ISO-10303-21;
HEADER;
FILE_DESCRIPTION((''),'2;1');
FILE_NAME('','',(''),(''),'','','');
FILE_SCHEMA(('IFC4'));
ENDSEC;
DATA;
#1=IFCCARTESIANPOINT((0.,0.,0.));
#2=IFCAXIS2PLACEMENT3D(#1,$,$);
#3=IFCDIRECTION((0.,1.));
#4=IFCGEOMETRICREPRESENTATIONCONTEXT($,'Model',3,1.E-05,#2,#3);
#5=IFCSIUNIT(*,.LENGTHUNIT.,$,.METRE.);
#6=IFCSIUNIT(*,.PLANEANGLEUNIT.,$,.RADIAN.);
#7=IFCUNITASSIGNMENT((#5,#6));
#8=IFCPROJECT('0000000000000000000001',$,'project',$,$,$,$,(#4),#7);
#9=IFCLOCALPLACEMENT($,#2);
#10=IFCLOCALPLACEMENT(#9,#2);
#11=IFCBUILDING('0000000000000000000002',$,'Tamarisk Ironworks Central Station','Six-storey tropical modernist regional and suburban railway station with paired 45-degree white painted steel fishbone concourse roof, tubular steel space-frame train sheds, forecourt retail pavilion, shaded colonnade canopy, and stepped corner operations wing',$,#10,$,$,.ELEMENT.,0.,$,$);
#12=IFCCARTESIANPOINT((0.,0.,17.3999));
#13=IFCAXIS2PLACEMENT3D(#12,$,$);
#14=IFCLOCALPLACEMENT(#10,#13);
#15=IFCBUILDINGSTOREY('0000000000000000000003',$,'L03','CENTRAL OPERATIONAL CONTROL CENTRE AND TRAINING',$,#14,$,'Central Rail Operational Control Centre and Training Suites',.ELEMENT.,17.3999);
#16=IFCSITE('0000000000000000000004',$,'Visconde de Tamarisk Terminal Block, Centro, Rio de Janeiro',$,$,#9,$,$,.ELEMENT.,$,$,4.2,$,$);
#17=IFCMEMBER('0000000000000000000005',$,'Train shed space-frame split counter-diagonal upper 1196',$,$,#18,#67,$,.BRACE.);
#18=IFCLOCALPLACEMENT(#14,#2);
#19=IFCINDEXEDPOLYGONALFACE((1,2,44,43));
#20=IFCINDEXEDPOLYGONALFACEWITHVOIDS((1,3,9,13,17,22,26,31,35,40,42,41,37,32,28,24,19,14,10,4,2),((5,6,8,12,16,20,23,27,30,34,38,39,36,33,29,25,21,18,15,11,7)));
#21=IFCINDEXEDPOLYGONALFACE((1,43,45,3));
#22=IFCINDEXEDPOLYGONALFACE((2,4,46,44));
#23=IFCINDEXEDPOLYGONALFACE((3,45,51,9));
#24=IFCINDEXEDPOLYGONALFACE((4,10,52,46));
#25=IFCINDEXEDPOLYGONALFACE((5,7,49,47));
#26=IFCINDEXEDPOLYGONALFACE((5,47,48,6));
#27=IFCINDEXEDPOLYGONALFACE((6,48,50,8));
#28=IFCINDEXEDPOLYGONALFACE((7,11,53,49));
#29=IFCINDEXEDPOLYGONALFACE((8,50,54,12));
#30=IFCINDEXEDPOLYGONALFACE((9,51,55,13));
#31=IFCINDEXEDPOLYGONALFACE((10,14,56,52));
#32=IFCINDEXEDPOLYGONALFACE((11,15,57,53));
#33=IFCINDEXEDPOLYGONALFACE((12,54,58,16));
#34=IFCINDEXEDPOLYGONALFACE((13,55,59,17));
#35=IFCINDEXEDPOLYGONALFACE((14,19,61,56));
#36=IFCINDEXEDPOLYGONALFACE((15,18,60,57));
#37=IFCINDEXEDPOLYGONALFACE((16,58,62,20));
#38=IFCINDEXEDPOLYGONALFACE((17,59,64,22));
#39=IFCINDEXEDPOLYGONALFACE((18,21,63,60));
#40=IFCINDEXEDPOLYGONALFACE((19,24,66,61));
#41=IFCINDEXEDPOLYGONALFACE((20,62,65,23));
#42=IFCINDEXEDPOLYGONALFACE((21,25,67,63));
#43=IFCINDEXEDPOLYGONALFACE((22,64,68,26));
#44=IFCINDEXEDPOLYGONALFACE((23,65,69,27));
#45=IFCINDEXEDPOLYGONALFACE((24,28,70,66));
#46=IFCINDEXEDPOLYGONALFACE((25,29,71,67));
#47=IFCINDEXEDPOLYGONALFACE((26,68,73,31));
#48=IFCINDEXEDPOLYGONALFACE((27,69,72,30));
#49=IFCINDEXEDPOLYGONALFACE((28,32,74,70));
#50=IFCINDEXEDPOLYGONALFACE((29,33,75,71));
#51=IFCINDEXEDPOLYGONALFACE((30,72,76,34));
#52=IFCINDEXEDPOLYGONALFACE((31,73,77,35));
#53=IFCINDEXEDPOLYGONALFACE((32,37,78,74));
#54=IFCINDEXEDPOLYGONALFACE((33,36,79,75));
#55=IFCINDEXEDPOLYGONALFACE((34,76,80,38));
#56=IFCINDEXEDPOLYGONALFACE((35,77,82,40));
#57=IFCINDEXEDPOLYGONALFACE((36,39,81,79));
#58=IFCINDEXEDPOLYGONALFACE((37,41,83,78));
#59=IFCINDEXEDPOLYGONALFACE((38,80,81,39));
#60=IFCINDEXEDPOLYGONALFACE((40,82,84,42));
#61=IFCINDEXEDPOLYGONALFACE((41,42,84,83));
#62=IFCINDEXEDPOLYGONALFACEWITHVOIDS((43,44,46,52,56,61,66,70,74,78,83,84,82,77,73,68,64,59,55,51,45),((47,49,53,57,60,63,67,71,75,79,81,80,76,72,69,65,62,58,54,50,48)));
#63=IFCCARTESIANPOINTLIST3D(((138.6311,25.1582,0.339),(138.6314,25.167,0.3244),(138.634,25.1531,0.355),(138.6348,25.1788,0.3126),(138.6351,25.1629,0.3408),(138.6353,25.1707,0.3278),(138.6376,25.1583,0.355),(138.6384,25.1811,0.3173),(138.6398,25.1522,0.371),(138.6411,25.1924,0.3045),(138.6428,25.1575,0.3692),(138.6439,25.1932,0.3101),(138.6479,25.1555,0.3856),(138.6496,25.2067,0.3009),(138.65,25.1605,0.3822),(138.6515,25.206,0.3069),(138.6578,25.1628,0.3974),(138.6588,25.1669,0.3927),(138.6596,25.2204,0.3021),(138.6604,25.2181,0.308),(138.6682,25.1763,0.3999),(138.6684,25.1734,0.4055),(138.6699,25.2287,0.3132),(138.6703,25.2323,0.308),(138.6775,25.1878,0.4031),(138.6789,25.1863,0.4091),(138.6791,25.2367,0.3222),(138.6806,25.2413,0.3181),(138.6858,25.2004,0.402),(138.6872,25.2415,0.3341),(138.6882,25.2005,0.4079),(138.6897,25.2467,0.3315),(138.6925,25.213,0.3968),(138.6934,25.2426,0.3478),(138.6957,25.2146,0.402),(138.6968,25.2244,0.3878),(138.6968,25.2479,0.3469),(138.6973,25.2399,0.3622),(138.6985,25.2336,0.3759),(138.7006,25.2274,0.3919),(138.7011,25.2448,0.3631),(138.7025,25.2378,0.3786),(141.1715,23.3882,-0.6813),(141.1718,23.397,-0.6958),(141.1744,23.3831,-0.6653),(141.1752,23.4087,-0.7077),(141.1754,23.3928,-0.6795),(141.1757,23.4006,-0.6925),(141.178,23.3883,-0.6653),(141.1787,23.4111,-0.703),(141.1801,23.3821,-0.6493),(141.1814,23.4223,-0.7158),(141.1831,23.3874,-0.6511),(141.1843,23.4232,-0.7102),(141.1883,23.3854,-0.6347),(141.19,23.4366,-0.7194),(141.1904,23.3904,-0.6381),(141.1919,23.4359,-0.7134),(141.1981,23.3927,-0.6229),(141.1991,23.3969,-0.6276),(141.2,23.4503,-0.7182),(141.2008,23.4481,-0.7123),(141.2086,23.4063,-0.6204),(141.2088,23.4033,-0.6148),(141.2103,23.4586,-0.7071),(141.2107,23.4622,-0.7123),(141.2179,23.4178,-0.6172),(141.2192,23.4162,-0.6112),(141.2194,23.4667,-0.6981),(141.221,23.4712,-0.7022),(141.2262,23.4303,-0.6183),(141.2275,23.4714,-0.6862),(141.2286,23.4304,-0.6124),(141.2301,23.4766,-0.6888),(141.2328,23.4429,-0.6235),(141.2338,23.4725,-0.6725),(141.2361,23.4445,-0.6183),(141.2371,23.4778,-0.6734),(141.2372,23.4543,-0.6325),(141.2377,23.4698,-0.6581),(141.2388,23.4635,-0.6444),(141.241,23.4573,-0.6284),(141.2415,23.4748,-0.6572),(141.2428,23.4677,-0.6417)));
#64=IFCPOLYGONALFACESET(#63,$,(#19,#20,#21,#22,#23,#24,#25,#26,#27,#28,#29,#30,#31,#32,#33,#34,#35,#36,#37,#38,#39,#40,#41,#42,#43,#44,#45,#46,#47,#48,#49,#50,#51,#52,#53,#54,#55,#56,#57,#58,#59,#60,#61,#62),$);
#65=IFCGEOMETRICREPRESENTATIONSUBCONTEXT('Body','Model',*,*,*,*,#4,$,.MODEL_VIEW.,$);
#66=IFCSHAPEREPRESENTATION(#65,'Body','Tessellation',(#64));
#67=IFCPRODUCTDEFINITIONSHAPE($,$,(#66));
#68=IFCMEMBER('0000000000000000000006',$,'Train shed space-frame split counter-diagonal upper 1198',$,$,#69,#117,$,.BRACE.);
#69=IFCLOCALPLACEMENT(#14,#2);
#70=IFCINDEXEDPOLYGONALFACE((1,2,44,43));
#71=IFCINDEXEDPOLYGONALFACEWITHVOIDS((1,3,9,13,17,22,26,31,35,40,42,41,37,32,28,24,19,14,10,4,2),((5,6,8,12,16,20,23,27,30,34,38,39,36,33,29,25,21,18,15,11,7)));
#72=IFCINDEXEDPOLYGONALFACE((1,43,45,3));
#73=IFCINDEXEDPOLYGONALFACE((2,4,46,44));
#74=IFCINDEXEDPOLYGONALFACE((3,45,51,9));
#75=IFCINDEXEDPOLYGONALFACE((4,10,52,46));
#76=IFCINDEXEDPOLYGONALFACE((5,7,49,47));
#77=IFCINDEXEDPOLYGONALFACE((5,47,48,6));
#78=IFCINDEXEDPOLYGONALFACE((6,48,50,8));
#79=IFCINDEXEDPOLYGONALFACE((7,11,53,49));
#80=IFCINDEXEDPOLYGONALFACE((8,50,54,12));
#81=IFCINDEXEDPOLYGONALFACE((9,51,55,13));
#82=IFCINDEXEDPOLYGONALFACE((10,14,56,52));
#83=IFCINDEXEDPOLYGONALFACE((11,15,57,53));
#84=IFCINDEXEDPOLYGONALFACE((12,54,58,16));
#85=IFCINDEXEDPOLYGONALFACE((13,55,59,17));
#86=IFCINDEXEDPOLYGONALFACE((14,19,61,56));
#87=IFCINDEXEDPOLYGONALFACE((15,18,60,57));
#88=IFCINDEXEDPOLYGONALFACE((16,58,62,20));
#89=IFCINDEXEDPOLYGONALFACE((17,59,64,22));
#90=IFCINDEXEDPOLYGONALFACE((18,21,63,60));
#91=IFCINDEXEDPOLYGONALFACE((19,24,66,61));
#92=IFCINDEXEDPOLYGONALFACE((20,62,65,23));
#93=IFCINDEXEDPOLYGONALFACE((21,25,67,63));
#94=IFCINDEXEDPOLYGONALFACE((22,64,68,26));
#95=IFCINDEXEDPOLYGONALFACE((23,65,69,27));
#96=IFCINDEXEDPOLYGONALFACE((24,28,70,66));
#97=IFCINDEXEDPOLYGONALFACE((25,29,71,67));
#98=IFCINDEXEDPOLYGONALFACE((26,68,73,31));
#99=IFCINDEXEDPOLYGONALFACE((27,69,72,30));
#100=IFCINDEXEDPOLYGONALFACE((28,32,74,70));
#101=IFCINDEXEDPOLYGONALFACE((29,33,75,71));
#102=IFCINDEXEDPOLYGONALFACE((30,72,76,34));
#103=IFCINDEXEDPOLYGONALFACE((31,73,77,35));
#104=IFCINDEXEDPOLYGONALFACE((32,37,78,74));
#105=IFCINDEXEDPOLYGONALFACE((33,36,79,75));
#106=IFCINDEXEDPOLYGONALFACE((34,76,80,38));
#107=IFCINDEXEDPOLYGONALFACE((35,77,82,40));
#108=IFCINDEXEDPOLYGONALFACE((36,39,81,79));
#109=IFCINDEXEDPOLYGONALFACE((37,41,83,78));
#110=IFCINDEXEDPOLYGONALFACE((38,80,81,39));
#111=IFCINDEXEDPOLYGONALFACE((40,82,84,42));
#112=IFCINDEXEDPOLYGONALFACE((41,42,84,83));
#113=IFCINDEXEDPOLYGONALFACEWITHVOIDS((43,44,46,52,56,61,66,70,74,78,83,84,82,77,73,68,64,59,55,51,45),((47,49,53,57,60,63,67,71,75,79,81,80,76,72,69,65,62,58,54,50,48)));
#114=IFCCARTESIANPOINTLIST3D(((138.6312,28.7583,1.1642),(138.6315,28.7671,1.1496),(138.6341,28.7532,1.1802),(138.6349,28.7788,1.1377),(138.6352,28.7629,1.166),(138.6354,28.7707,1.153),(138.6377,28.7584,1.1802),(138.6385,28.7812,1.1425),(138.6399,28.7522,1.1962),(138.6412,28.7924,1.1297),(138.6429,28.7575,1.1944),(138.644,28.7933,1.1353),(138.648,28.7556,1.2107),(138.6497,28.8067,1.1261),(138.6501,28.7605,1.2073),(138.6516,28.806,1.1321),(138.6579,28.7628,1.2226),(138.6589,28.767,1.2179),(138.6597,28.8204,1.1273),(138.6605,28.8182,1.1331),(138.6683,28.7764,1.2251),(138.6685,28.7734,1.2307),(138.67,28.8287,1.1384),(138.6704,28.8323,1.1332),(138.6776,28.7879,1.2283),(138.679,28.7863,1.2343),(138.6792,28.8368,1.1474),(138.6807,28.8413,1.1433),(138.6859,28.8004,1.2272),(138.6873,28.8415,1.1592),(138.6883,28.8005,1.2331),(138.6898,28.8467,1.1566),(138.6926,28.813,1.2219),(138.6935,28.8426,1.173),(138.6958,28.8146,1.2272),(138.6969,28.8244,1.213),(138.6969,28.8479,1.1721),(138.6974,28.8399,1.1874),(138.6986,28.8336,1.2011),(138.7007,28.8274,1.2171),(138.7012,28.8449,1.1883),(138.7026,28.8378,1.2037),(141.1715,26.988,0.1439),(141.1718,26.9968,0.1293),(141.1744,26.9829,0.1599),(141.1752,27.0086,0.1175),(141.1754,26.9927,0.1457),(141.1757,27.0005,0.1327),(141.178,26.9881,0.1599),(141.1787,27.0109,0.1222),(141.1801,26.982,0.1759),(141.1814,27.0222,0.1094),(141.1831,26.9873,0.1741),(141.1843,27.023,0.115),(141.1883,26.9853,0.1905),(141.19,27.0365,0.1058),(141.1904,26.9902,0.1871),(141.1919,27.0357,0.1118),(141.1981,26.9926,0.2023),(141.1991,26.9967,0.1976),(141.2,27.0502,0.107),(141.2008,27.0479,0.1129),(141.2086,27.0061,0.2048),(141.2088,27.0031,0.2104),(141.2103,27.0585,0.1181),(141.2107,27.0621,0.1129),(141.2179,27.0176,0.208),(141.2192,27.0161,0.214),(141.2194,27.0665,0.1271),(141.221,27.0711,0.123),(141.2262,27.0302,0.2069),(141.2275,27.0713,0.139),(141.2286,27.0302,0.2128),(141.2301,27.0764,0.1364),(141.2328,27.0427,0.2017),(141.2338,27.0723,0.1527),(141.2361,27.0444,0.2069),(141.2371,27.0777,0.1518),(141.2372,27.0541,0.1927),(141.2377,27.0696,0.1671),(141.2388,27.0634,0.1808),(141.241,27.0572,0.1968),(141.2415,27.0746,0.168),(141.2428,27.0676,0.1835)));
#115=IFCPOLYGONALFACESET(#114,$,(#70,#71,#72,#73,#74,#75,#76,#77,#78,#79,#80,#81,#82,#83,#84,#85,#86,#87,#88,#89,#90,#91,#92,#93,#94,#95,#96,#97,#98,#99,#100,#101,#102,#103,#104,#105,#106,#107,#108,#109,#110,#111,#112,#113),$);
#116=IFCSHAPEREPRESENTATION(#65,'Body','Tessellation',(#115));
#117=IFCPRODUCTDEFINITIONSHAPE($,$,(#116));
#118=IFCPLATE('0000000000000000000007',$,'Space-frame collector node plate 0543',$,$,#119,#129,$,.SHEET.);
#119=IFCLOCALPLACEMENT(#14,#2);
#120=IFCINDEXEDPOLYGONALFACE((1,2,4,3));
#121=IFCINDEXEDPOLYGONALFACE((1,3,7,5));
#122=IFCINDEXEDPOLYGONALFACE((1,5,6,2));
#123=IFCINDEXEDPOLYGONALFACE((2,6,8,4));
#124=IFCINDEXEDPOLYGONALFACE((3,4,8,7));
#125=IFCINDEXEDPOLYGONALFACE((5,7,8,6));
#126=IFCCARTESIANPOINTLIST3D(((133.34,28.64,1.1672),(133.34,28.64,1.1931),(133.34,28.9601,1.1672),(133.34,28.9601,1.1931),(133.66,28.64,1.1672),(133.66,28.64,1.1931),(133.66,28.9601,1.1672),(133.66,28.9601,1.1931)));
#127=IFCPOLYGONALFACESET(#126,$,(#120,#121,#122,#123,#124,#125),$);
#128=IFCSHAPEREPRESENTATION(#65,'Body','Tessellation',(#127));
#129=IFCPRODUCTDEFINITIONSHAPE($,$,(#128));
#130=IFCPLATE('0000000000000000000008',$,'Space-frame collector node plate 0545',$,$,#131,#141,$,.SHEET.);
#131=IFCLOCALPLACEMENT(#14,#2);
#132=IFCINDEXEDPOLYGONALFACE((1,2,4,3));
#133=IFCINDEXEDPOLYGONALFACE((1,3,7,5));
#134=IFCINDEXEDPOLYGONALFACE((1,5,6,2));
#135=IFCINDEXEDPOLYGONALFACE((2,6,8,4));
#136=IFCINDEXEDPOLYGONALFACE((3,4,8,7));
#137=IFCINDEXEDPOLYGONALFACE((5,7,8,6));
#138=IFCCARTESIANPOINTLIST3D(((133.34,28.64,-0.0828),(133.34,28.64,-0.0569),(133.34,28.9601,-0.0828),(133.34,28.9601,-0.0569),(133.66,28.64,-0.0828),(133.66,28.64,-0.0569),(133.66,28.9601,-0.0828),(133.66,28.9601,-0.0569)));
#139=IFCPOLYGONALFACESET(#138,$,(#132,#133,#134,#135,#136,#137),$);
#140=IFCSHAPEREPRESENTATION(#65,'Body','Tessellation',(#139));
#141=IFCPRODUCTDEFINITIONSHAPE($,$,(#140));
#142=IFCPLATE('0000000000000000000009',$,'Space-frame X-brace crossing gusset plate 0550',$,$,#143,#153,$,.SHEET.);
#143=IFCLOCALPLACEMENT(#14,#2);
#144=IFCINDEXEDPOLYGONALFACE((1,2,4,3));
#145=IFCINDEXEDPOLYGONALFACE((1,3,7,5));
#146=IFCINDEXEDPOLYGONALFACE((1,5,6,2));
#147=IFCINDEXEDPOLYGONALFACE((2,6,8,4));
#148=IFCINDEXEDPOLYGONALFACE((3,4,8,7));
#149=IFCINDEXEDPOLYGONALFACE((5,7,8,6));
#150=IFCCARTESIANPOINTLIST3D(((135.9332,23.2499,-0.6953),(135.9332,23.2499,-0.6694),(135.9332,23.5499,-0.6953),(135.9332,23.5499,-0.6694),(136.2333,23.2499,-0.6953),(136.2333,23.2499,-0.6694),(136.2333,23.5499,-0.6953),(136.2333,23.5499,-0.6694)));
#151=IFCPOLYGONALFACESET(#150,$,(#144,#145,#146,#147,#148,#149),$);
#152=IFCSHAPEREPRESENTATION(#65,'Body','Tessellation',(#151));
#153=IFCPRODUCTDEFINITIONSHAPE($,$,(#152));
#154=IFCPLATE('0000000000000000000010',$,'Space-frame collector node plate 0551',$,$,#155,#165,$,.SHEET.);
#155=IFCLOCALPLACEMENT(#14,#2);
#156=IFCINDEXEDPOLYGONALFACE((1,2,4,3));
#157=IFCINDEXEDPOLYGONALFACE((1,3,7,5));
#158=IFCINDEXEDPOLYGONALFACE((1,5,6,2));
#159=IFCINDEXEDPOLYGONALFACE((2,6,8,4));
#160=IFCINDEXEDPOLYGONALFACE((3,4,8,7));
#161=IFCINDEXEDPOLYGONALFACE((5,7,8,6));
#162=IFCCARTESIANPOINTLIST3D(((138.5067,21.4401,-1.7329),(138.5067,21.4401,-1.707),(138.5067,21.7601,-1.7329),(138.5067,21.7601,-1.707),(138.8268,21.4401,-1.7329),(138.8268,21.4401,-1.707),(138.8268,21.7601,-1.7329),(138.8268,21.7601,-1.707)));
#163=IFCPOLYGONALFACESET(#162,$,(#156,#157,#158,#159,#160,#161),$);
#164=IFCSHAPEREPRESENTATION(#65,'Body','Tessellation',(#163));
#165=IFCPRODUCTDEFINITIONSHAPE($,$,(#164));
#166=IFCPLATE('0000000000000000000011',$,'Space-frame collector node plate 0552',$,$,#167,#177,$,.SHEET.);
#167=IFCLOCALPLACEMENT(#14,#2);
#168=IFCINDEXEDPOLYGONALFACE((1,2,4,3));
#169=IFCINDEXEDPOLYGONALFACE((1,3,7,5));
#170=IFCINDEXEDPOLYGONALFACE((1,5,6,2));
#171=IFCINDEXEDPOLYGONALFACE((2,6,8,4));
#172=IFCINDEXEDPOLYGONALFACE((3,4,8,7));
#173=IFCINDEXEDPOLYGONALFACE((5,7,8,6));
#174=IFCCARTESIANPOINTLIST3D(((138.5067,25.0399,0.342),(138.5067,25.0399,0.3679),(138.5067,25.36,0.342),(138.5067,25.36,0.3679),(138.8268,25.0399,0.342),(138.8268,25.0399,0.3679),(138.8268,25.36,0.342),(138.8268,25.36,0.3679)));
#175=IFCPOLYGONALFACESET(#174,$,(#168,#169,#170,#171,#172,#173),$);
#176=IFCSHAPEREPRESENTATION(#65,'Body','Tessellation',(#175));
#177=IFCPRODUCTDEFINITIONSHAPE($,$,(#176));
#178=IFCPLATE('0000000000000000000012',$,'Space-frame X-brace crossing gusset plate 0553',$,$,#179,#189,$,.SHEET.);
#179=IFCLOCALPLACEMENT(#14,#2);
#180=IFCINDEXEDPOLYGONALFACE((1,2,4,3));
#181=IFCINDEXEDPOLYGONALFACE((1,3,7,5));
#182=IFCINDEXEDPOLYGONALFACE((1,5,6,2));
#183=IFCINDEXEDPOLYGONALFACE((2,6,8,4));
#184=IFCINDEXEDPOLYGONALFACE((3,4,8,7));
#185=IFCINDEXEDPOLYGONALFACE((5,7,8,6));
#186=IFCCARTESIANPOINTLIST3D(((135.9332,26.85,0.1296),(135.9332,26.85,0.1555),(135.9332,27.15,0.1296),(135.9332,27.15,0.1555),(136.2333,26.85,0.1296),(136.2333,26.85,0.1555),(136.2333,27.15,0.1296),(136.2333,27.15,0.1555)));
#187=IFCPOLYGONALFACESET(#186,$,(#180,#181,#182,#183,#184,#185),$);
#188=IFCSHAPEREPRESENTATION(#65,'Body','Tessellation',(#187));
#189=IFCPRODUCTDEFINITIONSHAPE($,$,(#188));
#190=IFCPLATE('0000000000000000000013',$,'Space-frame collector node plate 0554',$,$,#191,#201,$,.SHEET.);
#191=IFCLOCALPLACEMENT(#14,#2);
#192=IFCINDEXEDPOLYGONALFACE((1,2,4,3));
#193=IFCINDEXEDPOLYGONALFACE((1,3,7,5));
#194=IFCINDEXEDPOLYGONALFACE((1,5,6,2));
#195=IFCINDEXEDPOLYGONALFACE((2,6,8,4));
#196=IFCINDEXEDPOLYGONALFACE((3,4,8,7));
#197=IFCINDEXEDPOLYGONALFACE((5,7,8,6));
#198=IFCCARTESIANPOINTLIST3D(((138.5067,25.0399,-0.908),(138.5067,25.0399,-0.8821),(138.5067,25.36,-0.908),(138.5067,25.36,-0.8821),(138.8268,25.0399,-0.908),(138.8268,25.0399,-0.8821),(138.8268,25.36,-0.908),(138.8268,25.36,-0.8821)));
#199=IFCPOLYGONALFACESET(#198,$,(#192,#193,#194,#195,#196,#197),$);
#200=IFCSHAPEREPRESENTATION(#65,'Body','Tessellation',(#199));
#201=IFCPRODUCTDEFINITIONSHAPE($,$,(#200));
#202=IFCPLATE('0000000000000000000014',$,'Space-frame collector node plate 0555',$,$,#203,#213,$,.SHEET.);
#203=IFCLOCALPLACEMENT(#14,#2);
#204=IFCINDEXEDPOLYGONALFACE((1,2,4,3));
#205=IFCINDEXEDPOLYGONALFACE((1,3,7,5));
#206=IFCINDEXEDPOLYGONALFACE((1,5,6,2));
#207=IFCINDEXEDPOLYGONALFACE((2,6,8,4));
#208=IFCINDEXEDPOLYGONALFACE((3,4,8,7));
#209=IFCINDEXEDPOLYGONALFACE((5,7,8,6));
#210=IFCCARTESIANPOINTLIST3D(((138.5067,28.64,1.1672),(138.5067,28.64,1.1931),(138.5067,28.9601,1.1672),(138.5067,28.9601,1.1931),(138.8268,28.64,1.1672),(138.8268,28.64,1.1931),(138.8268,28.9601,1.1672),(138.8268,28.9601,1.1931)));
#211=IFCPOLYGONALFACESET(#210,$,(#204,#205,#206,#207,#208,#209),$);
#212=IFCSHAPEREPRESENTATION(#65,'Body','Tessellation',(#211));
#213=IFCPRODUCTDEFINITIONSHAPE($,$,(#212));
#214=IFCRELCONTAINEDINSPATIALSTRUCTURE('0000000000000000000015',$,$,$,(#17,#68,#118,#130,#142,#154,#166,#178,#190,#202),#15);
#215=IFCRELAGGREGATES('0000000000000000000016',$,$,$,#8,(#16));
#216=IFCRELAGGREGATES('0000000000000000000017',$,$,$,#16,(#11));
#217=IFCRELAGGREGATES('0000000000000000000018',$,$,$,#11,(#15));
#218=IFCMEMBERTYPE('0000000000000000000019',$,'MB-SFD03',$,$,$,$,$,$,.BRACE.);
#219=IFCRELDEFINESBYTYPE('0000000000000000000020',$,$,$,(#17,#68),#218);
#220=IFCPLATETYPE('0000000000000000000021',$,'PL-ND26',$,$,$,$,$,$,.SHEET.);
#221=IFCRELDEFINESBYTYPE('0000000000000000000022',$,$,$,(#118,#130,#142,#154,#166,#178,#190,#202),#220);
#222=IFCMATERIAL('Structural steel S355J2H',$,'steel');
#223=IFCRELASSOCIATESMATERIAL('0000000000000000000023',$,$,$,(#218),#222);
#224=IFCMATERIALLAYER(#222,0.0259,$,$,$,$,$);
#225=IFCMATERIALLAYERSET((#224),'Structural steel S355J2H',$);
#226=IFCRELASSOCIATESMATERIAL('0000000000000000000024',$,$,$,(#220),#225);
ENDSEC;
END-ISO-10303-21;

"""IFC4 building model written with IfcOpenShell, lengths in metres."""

from ifc_helpers import new_model, si_unit, direction, frame, origin, origin_2d, place, context, subcontext, project, spatial, rectangle, hollow_circle, extrude, material, layer, layer_set, material_profile, profile_set, type_object, element, save


model = new_model("IFC4")

# Units and contexts
model_context = context("Model", 3, precision=1e-05, world=origin(), true_north=direction((0.0, 1.0)))
body_context = subcontext(model_context, "Body", "Model", "MODEL_VIEW")
ifc_project = project(units=[si_unit("LENGTHUNIT", "METRE"), si_unit("PLANEANGLEUNIT", "RADIAN")], contexts=[model_context])

# Site, building, storey
site_placement = place(None, origin())
site = spatial("IfcSite", under=ifc_project, at=site_placement, Name="Visconde de Tamarisk Terminal Block, Centro, Rio de Janeiro", CompositionType="ELEMENT", RefElevation=4.2)
building_placement = place(site_placement, origin())
building = spatial("IfcBuilding", under=site, at=building_placement, Name="Tamarisk Ironworks Central Station", Description="Six-storey tropical modernist regional and suburban railway station with paired 45-degree white painted steel fishbone concourse roof, tubular steel space-frame train sheds, forecourt retail pavilion, shaded colonnade canopy, and stepped corner operations wing", CompositionType="ELEMENT", ElevationOfRefHeight=0.0)
storey_placement = place(building_placement, frame((0.0, 0.0, 17.3999)))
storey = spatial("IfcBuildingStorey", under=building, at=storey_placement, Name="L03", Description="CENTRAL OPERATIONAL CONTROL CENTRE AND TRAINING", LongName="Central Rail Operational Control Centre and Training Suites", CompositionType="ELEMENT", Elevation=17.3999)

# Members
ifc_material_1 = material(Name="Structural steel S355J2H", Category="steel")
ifc_material_profile_1 = material_profile(ifc_material_1, hollow_circle(Radius=0.0571, WallThickness=0.0063, at=origin_2d()), Name="CHS 114.3x6.3")
ifc_profile_set_1 = profile_set([ifc_material_profile_1], Name="Structural steel S355J2H")
member_type_1 = type_object("IfcMemberType", Name="MB-SFD03", PredefinedType="BRACE", material=ifc_profile_set_1)
for number, where, z_axis, x_axis, name in (
    (1, (141.207, 23.4299, -0.6653), (-0.779252, 0.542967, 0.312974), (-0.571688, -0.820471, 0.0), "Train shed space-frame split counter-diagonal upper 1196"),
    (2, (141.207, 27.0298, 0.1599), (-0.77922, 0.54302, 0.312961), (-0.571741, -0.820434, 0.0), "Train shed space-frame split counter-diagonal upper 1198"),
):
    element("IfcMember", number, at=place(storey_placement, frame(where, z_axis=z_axis, x_axis=x_axis)), inside=storey, type_object=member_type_1, Name=name, PredefinedType="BRACE", context=body_context, shape_type="SweptSolid", body=[
        extrude(hollow_circle(Radius=0.0571, WallThickness=0.0063, at=origin_2d()), origin(), (0.0, 0.0, 1.0), 3.26),
    ])

# Plates
ifc_layer = layer(ifc_material_1, 0.0259)
ifc_layer_set = layer_set([ifc_layer], Name="Structural steel S355J2H")
plate_type = type_object("IfcPlateType", Name="PL-ND26", PredefinedType="SHEET", material=ifc_layer_set)
for number, where, z_axis, x_axis, name in (
    (3, (133.5, 28.8, 1.1672), (0.0, 0.0, 1.0), (1.0, 0.0, 0.0), "Space-frame collector node plate 0543"),
    (4, (133.5, 28.8, -0.0828), (0.0, 0.0, 1.0), (1.0, 0.0, 0.0), "Space-frame collector node plate 0545"),
):
    element("IfcPlate", number, at=place(storey_placement, frame(where, z_axis=z_axis, x_axis=x_axis)), inside=storey, type_object=plate_type, Name=name, PredefinedType="SHEET", context=body_context, shape_type="SweptSolid", body=[
        extrude(rectangle(XDim=0.3201, YDim=0.3201, at=origin_2d()), origin(), (0.0, 0.0, 1.0), 0.0259),
    ])
plate_1_placement = place(storey_placement, frame((136.0833, 23.3999, -0.6953), z_axis=(0.0, 0.0, 1.0), x_axis=(1.0, 0.0, 0.0)))
element("IfcPlate", 5, at=plate_1_placement, inside=storey, type_object=plate_type, Name="Space-frame X-brace crossing gusset plate 0550", PredefinedType="SHEET", context=body_context, shape_type="SweptSolid", body=[
    extrude(rectangle(XDim=0.3, YDim=0.3, at=origin_2d()), origin(), (0.0, 0.0, 1.0), 0.0259),
])
for number, where, z_axis, x_axis, name in (
    (6, (138.6667, 21.6001, -1.7329), (0.0, 0.0, 1.0), (1.0, 0.0, 0.0), "Space-frame collector node plate 0551"),
    (7, (138.6667, 25.2, 0.342), (0.0, 0.0, 1.0), (1.0, 0.0, 0.0), "Space-frame collector node plate 0552"),
):
    element("IfcPlate", number, at=place(storey_placement, frame(where, z_axis=z_axis, x_axis=x_axis)), inside=storey, type_object=plate_type, Name=name, PredefinedType="SHEET", context=body_context, shape_type="SweptSolid", body=[
        extrude(rectangle(XDim=0.3201, YDim=0.3201, at=origin_2d()), origin(), (0.0, 0.0, 1.0), 0.0259),
    ])
plate_2_placement = place(storey_placement, frame((136.0833, 27.0, 0.1296), z_axis=(0.0, 0.0, 1.0), x_axis=(1.0, 0.0, 0.0)))
element("IfcPlate", 8, at=plate_2_placement, inside=storey, type_object=plate_type, Name="Space-frame X-brace crossing gusset plate 0553", PredefinedType="SHEET", context=body_context, shape_type="SweptSolid", body=[
    extrude(rectangle(XDim=0.3, YDim=0.3, at=origin_2d()), origin(), (0.0, 0.0, 1.0), 0.0259),
])
for number, where, z_axis, x_axis, name in (
    (9, (138.6667, 25.2, -0.908), (0.0, 0.0, 1.0), (1.0, 0.0, 0.0), "Space-frame collector node plate 0554"),
    (10, (138.6667, 28.8, 1.1672), (0.0, 0.0, 1.0), (1.0, 0.0, 0.0), "Space-frame collector node plate 0555"),
):
    element("IfcPlate", number, at=place(storey_placement, frame(where, z_axis=z_axis, x_axis=x_axis)), inside=storey, type_object=plate_type, Name=name, PredefinedType="SHEET", context=body_context, shape_type="SweptSolid", body=[
        extrude(rectangle(XDim=0.3201, YDim=0.3201, at=origin_2d()), origin(), (0.0, 0.0, 1.0), 0.0259),
    ])

save(model, "model.ifc")
